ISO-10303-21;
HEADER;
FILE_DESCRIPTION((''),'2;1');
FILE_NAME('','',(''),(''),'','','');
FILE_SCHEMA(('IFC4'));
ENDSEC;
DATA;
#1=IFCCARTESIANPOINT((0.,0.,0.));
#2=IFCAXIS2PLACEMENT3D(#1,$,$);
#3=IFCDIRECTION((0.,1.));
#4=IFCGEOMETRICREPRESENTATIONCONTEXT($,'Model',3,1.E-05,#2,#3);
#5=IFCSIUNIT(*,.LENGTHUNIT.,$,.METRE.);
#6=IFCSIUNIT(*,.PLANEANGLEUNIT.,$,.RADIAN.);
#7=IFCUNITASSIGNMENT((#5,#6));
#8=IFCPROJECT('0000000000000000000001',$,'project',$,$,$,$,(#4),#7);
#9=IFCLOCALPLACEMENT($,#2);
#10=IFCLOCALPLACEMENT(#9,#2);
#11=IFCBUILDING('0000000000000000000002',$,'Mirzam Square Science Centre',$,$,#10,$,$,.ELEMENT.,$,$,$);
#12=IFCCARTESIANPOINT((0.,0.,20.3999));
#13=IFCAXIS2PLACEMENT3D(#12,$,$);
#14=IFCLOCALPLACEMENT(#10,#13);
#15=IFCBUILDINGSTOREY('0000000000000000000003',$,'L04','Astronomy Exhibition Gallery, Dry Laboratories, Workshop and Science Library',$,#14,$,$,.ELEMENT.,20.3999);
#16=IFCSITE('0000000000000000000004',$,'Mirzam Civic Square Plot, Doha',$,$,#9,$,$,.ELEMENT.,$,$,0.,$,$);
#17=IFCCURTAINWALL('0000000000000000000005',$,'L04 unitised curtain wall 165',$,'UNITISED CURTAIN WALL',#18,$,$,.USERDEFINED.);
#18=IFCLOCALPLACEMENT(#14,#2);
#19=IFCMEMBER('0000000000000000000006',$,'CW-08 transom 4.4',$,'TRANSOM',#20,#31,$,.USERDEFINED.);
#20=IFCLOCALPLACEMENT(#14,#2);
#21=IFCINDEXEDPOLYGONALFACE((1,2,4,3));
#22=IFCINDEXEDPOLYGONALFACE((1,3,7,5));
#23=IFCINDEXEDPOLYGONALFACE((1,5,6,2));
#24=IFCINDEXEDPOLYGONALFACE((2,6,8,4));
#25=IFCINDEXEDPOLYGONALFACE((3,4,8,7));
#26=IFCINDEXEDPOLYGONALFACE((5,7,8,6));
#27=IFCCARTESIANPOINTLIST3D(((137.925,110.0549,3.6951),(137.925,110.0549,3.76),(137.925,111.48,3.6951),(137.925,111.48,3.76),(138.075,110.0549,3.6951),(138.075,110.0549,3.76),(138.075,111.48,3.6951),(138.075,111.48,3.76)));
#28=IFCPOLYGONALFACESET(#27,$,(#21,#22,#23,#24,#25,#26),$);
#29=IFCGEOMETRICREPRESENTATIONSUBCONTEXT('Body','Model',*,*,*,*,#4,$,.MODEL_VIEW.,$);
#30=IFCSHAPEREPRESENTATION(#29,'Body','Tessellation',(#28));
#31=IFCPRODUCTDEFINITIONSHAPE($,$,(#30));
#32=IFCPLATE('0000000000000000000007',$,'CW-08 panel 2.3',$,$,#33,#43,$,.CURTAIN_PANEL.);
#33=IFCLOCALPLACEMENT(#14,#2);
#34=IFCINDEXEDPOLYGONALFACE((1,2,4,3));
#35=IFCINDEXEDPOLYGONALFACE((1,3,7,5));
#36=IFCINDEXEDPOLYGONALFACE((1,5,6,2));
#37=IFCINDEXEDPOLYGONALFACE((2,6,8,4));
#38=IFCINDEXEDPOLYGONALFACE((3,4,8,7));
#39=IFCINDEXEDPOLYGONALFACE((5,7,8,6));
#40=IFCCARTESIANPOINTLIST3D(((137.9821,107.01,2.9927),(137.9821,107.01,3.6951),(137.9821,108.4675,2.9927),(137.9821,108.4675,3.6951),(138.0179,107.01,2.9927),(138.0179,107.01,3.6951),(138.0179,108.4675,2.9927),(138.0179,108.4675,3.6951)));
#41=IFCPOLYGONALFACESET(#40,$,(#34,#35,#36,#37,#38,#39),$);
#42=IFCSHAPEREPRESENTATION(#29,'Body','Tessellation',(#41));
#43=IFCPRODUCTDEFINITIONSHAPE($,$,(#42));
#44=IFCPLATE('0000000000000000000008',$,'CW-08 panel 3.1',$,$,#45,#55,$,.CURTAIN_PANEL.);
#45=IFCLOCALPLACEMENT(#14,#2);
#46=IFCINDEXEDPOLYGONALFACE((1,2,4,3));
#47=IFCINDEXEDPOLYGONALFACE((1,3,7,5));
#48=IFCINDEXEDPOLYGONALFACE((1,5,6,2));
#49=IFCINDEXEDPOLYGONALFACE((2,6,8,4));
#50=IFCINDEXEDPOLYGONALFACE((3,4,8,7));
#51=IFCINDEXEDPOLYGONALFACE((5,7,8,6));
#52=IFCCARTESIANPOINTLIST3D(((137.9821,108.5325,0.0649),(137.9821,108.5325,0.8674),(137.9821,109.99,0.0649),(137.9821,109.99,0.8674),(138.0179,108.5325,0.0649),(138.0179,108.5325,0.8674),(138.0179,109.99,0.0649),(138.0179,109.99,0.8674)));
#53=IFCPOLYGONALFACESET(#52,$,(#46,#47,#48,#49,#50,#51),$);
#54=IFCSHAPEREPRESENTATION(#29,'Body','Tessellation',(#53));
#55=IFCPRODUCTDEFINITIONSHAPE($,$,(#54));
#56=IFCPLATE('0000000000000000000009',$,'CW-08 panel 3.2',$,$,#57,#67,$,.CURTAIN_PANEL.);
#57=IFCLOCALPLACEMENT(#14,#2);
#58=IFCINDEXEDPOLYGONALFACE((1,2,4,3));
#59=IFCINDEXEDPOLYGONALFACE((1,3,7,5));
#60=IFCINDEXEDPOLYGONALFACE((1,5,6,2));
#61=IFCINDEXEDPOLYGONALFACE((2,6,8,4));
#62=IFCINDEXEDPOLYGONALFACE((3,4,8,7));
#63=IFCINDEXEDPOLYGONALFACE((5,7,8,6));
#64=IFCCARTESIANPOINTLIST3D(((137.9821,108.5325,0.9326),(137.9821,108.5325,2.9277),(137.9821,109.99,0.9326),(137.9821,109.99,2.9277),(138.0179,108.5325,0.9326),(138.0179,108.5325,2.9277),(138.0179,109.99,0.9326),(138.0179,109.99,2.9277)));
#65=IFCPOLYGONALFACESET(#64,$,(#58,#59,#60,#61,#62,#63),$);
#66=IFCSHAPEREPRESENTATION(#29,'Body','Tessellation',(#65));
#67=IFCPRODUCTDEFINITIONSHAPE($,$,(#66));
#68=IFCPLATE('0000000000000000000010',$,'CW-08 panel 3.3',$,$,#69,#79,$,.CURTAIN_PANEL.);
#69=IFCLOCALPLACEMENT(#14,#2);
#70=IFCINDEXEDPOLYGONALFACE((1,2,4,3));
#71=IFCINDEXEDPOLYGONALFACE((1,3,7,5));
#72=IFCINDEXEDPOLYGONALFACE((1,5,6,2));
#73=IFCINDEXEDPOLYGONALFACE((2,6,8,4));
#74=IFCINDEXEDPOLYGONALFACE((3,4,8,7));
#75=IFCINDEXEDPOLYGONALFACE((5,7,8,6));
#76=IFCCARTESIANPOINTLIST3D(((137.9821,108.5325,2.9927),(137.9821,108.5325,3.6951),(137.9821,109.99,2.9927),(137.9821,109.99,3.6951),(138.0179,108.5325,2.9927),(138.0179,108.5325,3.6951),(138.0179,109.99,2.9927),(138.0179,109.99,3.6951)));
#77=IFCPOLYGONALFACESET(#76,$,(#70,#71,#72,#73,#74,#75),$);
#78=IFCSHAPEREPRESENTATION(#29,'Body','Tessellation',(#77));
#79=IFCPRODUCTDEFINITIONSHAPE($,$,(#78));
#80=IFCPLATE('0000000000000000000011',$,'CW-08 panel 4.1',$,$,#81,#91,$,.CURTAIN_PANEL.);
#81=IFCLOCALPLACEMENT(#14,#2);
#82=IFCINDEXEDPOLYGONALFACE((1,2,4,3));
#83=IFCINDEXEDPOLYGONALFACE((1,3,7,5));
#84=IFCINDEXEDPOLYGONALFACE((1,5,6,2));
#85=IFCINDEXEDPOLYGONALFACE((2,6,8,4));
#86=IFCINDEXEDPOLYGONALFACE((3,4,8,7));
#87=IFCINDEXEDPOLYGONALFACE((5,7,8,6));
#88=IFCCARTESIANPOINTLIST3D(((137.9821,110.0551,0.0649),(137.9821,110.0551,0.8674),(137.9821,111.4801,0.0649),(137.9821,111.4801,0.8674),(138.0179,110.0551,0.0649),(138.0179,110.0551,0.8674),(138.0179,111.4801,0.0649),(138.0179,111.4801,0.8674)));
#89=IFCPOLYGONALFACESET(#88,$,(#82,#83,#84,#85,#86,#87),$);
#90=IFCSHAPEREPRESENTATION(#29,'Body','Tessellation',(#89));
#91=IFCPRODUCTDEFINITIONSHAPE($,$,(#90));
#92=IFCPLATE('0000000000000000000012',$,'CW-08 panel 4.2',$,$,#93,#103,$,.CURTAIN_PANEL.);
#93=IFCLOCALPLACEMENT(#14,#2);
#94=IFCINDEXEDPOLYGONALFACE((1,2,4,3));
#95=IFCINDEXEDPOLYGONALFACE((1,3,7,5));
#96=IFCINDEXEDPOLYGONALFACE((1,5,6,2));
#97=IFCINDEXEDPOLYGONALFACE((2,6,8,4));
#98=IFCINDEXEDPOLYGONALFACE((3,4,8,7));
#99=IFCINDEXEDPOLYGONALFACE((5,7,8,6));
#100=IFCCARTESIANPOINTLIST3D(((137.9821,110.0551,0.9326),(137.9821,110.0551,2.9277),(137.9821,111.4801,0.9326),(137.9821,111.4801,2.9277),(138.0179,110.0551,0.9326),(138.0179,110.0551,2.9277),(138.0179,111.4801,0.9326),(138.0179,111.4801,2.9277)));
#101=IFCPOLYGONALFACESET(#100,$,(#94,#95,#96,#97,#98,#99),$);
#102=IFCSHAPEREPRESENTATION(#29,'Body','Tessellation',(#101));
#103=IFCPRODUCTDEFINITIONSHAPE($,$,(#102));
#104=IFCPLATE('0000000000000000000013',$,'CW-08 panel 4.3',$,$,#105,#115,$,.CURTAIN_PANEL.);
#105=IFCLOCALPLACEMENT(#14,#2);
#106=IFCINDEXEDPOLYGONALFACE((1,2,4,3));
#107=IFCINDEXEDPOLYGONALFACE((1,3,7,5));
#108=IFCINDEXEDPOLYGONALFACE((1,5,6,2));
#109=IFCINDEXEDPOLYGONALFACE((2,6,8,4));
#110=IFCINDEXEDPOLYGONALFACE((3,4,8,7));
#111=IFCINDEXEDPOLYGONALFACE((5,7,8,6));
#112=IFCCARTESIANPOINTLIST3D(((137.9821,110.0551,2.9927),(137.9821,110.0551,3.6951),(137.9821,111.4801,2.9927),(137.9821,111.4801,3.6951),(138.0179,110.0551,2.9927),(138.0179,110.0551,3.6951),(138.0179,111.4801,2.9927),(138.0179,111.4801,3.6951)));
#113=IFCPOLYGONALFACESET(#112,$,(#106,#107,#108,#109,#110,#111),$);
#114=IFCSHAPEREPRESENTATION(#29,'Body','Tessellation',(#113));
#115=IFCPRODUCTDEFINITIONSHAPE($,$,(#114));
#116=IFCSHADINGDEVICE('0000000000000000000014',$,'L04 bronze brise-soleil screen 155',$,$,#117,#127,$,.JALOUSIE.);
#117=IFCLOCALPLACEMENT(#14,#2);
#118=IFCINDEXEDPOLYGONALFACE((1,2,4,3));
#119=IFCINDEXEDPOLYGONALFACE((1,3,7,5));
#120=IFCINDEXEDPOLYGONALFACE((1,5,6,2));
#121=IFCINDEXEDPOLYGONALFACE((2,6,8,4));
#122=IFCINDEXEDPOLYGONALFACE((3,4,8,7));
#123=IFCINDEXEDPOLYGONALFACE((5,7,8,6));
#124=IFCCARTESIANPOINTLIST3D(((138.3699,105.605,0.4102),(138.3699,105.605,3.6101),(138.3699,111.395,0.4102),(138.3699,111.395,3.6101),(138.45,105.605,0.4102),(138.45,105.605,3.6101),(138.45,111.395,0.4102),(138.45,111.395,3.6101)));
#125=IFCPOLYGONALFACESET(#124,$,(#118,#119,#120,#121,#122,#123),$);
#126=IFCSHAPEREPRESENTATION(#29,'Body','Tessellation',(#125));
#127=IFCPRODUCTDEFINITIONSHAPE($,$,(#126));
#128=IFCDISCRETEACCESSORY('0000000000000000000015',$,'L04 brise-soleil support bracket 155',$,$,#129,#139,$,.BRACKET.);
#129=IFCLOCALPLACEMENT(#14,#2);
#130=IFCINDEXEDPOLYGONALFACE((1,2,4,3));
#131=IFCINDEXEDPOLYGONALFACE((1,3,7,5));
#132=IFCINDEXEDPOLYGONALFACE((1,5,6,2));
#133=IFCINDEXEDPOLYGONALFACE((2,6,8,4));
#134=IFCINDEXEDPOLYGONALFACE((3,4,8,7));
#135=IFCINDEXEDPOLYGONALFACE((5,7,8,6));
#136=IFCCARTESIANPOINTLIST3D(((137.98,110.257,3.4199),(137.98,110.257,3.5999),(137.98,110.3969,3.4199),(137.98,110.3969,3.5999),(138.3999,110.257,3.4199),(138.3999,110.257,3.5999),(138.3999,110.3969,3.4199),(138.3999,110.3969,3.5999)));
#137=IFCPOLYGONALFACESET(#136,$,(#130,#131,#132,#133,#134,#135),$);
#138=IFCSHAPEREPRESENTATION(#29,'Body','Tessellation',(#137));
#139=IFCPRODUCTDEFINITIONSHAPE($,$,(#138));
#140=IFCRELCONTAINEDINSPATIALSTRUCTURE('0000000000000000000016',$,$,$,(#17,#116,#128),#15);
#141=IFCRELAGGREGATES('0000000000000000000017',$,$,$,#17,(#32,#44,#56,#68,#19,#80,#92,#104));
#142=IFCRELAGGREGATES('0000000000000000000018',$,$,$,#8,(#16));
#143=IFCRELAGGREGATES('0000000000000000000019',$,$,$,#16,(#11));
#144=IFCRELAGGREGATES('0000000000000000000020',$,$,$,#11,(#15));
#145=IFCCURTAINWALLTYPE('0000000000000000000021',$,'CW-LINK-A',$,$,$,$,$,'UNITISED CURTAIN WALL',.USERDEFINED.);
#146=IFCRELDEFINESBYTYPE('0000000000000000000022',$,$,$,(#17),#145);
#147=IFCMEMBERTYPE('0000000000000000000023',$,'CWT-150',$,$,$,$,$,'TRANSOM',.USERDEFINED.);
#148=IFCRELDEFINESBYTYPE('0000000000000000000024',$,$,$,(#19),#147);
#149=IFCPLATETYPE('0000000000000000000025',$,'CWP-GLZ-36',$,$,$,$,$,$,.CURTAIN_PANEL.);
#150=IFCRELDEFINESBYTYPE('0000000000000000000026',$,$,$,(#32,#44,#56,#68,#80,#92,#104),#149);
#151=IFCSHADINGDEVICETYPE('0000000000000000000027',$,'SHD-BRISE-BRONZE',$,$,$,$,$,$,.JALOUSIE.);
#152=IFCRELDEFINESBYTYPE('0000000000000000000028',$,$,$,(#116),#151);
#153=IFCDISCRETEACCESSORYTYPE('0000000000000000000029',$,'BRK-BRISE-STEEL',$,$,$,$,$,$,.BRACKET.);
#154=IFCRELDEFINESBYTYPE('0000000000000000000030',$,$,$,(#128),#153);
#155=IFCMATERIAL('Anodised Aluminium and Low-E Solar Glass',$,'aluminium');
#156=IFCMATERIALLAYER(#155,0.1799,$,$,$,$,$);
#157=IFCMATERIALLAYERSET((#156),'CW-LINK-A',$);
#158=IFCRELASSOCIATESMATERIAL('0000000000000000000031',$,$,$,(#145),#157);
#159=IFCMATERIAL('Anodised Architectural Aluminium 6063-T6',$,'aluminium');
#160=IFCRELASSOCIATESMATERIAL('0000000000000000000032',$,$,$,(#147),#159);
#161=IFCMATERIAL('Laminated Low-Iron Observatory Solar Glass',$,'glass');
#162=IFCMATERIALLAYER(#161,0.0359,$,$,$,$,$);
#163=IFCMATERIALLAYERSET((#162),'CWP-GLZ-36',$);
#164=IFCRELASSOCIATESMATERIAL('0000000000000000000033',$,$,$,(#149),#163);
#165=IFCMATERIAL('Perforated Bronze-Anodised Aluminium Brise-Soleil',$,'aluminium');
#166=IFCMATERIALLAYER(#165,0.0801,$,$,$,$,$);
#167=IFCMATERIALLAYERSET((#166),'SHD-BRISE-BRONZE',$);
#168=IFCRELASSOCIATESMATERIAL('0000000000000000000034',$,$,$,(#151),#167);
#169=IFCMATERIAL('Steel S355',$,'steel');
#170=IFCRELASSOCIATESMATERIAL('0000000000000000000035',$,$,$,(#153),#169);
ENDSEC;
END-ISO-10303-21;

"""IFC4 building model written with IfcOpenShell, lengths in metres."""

from ifc_helpers import new_model, si_unit, direction, frame, origin, origin_2d, place, context, subcontext, project, spatial, rectangle, extrude, material, layer, layer_set, material_profile, profile_set, type_object, element, aggregate, save


model = new_model("IFC4")

# Units and contexts
model_context = context("Model", 3, precision=1e-05, world=origin(), true_north=direction((0.0, 1.0)))
body_context = subcontext(model_context, "Body", "Model", "MODEL_VIEW")
ifc_project = project(units=[si_unit("LENGTHUNIT", "METRE"), si_unit("PLANEANGLEUNIT", "RADIAN")], contexts=[model_context])

# Site, building, storey
site_placement = place(None, origin())
site = spatial("IfcSite", under=ifc_project, at=site_placement, Name="Mirzam Civic Square Plot, Doha", CompositionType="ELEMENT", RefElevation=0.0)
building_placement = place(site_placement, origin())
building = spatial("IfcBuilding", under=site, at=building_placement, Name="Mirzam Square Science Centre", CompositionType="ELEMENT")
storey_placement = place(building_placement, frame((0.0, 0.0, 20.3999)))
storey = spatial("IfcBuildingStorey", under=building, at=storey_placement, Name="L04", Description="Astronomy Exhibition Gallery, Dry Laboratories, Workshop and Science Library", CompositionType="ELEMENT", Elevation=20.3999)

# Shared definitions
ifc_material_1 = material(Name="Steel S355", Category="steel")

# Curtain wall, member, plates
ifc_material_2 = material(Name="Anodised Aluminium and Low-E Solar Glass", Category="aluminium")
ifc_layer_1 = layer(ifc_material_2, 0.1799)
ifc_layer_set_1 = layer_set([ifc_layer_1], Name="CW-LINK-A")
curtain_wall_type = type_object("IfcCurtainWallType", Name="CW-LINK-A", ElementType="UNITISED CURTAIN WALL", PredefinedType="USERDEFINED", material=ifc_layer_set_1)
curtain_wall_placement = place(storey_placement, origin())
curtain_wall = element("IfcCurtainWall", 1, at=curtain_wall_placement, inside=storey, type_object=curtain_wall_type, Name="L04 unitised curtain wall 165", ObjectType="UNITISED CURTAIN WALL", PredefinedType="USERDEFINED")
ifc_material_3 = material(Name="Anodised Architectural Aluminium 6063-T6", Category="aluminium")
ifc_material_profile_1 = material_profile(ifc_material_3, rectangle(XDim=0.1499, YDim=0.0649, at=origin_2d()), Name="ALU-TRAN-150x65x4")
ifc_profile_set_1 = profile_set([ifc_material_profile_1], Name="Anodised Architectural Aluminium 6063-T6")
member_type_1 = type_object("IfcMemberType", Name="CWT-150", ElementType="TRANSOM", PredefinedType="USERDEFINED", material=ifc_profile_set_1)
member_1_placement = place(storey_placement, frame((138.0, 110.0549, 3.7275), z_axis=(0.0, 1.0, 0.0), x_axis=(-1.0, 0.0, 0.0)))
member_1 = element("IfcMember", 2, at=member_1_placement, type_object=member_type_1, Name="CW-08 transom 4.4", ObjectType="TRANSOM", PredefinedType="USERDEFINED", context=body_context, shape_type="SweptSolid", body=[
    extrude(rectangle(XDim=0.1499, YDim=0.0649, at=origin_2d()), origin(), (0.0, 0.0, 1.0), 1.425),
])
ifc_material_4 = material(Name="Laminated Low-Iron Observatory Solar Glass", Category="glass")
ifc_layer_2 = layer(ifc_material_4, 0.0359)
ifc_layer_set_2 = layer_set([ifc_layer_2], Name="CWP-GLZ-36")
plate_type = type_object("IfcPlateType", Name="CWP-GLZ-36", PredefinedType="CURTAIN_PANEL", material=ifc_layer_set_2)
plate_1_placement = place(storey_placement, frame((138.0, 107.7388, 2.9927), z_axis=(0.0, 0.0, 1.0), x_axis=(0.0, 1.0, 0.0)))
plate_1 = element("IfcPlate", 3, at=plate_1_placement, type_object=plate_type, Name="CW-08 panel 2.3", PredefinedType="CURTAIN_PANEL", context=body_context, shape_type="SweptSolid", body=[
    extrude(rectangle(XDim=1.4575, YDim=0.0359, at=origin_2d()), origin(), (0.0, 0.0, 1.0), 0.7024),
])
plate_2_placement = place(storey_placement, frame((138.0, 109.2612, 0.0649), z_axis=(0.0, 0.0, 1.0), x_axis=(0.0, 1.0, 0.0)))
plate_2 = element("IfcPlate", 4, at=plate_2_placement, type_object=plate_type, Name="CW-08 panel 3.1", PredefinedType="CURTAIN_PANEL", context=body_context, shape_type="SweptSolid", body=[
    extrude(rectangle(XDim=1.4575, YDim=0.0359, at=origin_2d()), origin(), (0.0, 0.0, 1.0), 0.8025),
])
plate_3_placement = place(storey_placement, frame((138.0, 109.2612, 0.9326), z_axis=(0.0, 0.0, 1.0), x_axis=(0.0, 1.0, 0.0)))
plate_3 = element("IfcPlate", 5, at=plate_3_placement, type_object=plate_type, Name="CW-08 panel 3.2", PredefinedType="CURTAIN_PANEL", context=body_context, shape_type="SweptSolid", body=[
    extrude(rectangle(XDim=1.4575, YDim=0.0359, at=origin_2d()), origin(), (0.0, 0.0, 1.0), 1.9951),
])
plate_4_placement = place(storey_placement, frame((138.0, 109.2612, 2.9927), z_axis=(0.0, 0.0, 1.0), x_axis=(0.0, 1.0, 0.0)))
plate_4 = element("IfcPlate", 6, at=plate_4_placement, type_object=plate_type, Name="CW-08 panel 3.3", PredefinedType="CURTAIN_PANEL", context=body_context, shape_type="SweptSolid", body=[
    extrude(rectangle(XDim=1.4575, YDim=0.0359, at=origin_2d()), origin(), (0.0, 0.0, 1.0), 0.7024),
])
plate_5_placement = place(storey_placement, frame((138.0, 110.7676, 0.0649), z_axis=(0.0, 0.0, 1.0), x_axis=(0.0, 1.0, 0.0)))
plate_5 = element("IfcPlate", 7, at=plate_5_placement, type_object=plate_type, Name="CW-08 panel 4.1", PredefinedType="CURTAIN_PANEL", context=body_context, shape_type="SweptSolid", body=[
    extrude(rectangle(XDim=1.425, YDim=0.0359, at=origin_2d()), origin(), (0.0, 0.0, 1.0), 0.8025),
])
plate_6_placement = place(storey_placement, frame((138.0, 110.7676, 0.9326), z_axis=(0.0, 0.0, 1.0), x_axis=(0.0, 1.0, 0.0)))
plate_6 = element("IfcPlate", 8, at=plate_6_placement, type_object=plate_type, Name="CW-08 panel 4.2", PredefinedType="CURTAIN_PANEL", context=body_context, shape_type="SweptSolid", body=[
    extrude(rectangle(XDim=1.425, YDim=0.0359, at=origin_2d()), origin(), (0.0, 0.0, 1.0), 1.9951),
])
plate_7_placement = place(storey_placement, frame((138.0, 110.7676, 2.9927), z_axis=(0.0, 0.0, 1.0), x_axis=(0.0, 1.0, 0.0)))
plate_7 = element("IfcPlate", 9, at=plate_7_placement, type_object=plate_type, Name="CW-08 panel 4.3", PredefinedType="CURTAIN_PANEL", context=body_context, shape_type="SweptSolid", body=[
    extrude(rectangle(XDim=1.425, YDim=0.0359, at=origin_2d()), origin(), (0.0, 0.0, 1.0), 0.7024),
])
aggregate(curtain_wall, [plate_1, plate_2, plate_3, plate_4, member_1, plate_5, plate_6, plate_7])

# Shading device
ifc_material_5 = material(Name="Perforated Bronze-Anodised Aluminium Brise-Soleil", Category="aluminium")
ifc_layer_3 = layer(ifc_material_5, 0.0801)
ifc_layer_set_3 = layer_set([ifc_layer_3], Name="SHD-BRISE-BRONZE")
shading_device_type = type_object("IfcShadingDeviceType", Name="SHD-BRISE-BRONZE", PredefinedType="JALOUSIE", material=ifc_layer_set_3)
shading_device_placement = place(storey_placement, frame((138.4099, 108.5, 0.4102), z_axis=(0.0, 0.0, 1.0), x_axis=(0.0, 1.0, 0.0)))
element("IfcShadingDevice", 10, at=shading_device_placement, inside=storey, type_object=shading_device_type, Name="L04 bronze brise-soleil screen 155", PredefinedType="JALOUSIE", context=body_context, shape_type="SweptSolid", body=[
    extrude(rectangle(XDim=5.79, YDim=0.0801, at=origin_2d()), origin(), (0.0, 0.0, 1.0), 3.2),
])

# Discrete accessory
discrete_accessory_type = type_object("IfcDiscreteAccessoryType", Name="BRK-BRISE-STEEL", PredefinedType="BRACKET", material=ifc_material_1)
discrete_accessory_placement = place(storey_placement, frame((138.1899, 110.3269, 3.4199), z_axis=(0.0, 0.0, 1.0), x_axis=(0.0, 1.0, 0.0)))
element("IfcDiscreteAccessory", 11, at=discrete_accessory_placement, inside=storey, type_object=discrete_accessory_type, Name="L04 brise-soleil support bracket 155", PredefinedType="BRACKET", context=body_context, shape_type="SweptSolid", body=[
    extrude(rectangle(XDim=0.1399, YDim=0.4199, at=origin_2d()), origin(), (0.0, 0.0, 1.0), 0.1799),
])

save(model, "model.ifc")
